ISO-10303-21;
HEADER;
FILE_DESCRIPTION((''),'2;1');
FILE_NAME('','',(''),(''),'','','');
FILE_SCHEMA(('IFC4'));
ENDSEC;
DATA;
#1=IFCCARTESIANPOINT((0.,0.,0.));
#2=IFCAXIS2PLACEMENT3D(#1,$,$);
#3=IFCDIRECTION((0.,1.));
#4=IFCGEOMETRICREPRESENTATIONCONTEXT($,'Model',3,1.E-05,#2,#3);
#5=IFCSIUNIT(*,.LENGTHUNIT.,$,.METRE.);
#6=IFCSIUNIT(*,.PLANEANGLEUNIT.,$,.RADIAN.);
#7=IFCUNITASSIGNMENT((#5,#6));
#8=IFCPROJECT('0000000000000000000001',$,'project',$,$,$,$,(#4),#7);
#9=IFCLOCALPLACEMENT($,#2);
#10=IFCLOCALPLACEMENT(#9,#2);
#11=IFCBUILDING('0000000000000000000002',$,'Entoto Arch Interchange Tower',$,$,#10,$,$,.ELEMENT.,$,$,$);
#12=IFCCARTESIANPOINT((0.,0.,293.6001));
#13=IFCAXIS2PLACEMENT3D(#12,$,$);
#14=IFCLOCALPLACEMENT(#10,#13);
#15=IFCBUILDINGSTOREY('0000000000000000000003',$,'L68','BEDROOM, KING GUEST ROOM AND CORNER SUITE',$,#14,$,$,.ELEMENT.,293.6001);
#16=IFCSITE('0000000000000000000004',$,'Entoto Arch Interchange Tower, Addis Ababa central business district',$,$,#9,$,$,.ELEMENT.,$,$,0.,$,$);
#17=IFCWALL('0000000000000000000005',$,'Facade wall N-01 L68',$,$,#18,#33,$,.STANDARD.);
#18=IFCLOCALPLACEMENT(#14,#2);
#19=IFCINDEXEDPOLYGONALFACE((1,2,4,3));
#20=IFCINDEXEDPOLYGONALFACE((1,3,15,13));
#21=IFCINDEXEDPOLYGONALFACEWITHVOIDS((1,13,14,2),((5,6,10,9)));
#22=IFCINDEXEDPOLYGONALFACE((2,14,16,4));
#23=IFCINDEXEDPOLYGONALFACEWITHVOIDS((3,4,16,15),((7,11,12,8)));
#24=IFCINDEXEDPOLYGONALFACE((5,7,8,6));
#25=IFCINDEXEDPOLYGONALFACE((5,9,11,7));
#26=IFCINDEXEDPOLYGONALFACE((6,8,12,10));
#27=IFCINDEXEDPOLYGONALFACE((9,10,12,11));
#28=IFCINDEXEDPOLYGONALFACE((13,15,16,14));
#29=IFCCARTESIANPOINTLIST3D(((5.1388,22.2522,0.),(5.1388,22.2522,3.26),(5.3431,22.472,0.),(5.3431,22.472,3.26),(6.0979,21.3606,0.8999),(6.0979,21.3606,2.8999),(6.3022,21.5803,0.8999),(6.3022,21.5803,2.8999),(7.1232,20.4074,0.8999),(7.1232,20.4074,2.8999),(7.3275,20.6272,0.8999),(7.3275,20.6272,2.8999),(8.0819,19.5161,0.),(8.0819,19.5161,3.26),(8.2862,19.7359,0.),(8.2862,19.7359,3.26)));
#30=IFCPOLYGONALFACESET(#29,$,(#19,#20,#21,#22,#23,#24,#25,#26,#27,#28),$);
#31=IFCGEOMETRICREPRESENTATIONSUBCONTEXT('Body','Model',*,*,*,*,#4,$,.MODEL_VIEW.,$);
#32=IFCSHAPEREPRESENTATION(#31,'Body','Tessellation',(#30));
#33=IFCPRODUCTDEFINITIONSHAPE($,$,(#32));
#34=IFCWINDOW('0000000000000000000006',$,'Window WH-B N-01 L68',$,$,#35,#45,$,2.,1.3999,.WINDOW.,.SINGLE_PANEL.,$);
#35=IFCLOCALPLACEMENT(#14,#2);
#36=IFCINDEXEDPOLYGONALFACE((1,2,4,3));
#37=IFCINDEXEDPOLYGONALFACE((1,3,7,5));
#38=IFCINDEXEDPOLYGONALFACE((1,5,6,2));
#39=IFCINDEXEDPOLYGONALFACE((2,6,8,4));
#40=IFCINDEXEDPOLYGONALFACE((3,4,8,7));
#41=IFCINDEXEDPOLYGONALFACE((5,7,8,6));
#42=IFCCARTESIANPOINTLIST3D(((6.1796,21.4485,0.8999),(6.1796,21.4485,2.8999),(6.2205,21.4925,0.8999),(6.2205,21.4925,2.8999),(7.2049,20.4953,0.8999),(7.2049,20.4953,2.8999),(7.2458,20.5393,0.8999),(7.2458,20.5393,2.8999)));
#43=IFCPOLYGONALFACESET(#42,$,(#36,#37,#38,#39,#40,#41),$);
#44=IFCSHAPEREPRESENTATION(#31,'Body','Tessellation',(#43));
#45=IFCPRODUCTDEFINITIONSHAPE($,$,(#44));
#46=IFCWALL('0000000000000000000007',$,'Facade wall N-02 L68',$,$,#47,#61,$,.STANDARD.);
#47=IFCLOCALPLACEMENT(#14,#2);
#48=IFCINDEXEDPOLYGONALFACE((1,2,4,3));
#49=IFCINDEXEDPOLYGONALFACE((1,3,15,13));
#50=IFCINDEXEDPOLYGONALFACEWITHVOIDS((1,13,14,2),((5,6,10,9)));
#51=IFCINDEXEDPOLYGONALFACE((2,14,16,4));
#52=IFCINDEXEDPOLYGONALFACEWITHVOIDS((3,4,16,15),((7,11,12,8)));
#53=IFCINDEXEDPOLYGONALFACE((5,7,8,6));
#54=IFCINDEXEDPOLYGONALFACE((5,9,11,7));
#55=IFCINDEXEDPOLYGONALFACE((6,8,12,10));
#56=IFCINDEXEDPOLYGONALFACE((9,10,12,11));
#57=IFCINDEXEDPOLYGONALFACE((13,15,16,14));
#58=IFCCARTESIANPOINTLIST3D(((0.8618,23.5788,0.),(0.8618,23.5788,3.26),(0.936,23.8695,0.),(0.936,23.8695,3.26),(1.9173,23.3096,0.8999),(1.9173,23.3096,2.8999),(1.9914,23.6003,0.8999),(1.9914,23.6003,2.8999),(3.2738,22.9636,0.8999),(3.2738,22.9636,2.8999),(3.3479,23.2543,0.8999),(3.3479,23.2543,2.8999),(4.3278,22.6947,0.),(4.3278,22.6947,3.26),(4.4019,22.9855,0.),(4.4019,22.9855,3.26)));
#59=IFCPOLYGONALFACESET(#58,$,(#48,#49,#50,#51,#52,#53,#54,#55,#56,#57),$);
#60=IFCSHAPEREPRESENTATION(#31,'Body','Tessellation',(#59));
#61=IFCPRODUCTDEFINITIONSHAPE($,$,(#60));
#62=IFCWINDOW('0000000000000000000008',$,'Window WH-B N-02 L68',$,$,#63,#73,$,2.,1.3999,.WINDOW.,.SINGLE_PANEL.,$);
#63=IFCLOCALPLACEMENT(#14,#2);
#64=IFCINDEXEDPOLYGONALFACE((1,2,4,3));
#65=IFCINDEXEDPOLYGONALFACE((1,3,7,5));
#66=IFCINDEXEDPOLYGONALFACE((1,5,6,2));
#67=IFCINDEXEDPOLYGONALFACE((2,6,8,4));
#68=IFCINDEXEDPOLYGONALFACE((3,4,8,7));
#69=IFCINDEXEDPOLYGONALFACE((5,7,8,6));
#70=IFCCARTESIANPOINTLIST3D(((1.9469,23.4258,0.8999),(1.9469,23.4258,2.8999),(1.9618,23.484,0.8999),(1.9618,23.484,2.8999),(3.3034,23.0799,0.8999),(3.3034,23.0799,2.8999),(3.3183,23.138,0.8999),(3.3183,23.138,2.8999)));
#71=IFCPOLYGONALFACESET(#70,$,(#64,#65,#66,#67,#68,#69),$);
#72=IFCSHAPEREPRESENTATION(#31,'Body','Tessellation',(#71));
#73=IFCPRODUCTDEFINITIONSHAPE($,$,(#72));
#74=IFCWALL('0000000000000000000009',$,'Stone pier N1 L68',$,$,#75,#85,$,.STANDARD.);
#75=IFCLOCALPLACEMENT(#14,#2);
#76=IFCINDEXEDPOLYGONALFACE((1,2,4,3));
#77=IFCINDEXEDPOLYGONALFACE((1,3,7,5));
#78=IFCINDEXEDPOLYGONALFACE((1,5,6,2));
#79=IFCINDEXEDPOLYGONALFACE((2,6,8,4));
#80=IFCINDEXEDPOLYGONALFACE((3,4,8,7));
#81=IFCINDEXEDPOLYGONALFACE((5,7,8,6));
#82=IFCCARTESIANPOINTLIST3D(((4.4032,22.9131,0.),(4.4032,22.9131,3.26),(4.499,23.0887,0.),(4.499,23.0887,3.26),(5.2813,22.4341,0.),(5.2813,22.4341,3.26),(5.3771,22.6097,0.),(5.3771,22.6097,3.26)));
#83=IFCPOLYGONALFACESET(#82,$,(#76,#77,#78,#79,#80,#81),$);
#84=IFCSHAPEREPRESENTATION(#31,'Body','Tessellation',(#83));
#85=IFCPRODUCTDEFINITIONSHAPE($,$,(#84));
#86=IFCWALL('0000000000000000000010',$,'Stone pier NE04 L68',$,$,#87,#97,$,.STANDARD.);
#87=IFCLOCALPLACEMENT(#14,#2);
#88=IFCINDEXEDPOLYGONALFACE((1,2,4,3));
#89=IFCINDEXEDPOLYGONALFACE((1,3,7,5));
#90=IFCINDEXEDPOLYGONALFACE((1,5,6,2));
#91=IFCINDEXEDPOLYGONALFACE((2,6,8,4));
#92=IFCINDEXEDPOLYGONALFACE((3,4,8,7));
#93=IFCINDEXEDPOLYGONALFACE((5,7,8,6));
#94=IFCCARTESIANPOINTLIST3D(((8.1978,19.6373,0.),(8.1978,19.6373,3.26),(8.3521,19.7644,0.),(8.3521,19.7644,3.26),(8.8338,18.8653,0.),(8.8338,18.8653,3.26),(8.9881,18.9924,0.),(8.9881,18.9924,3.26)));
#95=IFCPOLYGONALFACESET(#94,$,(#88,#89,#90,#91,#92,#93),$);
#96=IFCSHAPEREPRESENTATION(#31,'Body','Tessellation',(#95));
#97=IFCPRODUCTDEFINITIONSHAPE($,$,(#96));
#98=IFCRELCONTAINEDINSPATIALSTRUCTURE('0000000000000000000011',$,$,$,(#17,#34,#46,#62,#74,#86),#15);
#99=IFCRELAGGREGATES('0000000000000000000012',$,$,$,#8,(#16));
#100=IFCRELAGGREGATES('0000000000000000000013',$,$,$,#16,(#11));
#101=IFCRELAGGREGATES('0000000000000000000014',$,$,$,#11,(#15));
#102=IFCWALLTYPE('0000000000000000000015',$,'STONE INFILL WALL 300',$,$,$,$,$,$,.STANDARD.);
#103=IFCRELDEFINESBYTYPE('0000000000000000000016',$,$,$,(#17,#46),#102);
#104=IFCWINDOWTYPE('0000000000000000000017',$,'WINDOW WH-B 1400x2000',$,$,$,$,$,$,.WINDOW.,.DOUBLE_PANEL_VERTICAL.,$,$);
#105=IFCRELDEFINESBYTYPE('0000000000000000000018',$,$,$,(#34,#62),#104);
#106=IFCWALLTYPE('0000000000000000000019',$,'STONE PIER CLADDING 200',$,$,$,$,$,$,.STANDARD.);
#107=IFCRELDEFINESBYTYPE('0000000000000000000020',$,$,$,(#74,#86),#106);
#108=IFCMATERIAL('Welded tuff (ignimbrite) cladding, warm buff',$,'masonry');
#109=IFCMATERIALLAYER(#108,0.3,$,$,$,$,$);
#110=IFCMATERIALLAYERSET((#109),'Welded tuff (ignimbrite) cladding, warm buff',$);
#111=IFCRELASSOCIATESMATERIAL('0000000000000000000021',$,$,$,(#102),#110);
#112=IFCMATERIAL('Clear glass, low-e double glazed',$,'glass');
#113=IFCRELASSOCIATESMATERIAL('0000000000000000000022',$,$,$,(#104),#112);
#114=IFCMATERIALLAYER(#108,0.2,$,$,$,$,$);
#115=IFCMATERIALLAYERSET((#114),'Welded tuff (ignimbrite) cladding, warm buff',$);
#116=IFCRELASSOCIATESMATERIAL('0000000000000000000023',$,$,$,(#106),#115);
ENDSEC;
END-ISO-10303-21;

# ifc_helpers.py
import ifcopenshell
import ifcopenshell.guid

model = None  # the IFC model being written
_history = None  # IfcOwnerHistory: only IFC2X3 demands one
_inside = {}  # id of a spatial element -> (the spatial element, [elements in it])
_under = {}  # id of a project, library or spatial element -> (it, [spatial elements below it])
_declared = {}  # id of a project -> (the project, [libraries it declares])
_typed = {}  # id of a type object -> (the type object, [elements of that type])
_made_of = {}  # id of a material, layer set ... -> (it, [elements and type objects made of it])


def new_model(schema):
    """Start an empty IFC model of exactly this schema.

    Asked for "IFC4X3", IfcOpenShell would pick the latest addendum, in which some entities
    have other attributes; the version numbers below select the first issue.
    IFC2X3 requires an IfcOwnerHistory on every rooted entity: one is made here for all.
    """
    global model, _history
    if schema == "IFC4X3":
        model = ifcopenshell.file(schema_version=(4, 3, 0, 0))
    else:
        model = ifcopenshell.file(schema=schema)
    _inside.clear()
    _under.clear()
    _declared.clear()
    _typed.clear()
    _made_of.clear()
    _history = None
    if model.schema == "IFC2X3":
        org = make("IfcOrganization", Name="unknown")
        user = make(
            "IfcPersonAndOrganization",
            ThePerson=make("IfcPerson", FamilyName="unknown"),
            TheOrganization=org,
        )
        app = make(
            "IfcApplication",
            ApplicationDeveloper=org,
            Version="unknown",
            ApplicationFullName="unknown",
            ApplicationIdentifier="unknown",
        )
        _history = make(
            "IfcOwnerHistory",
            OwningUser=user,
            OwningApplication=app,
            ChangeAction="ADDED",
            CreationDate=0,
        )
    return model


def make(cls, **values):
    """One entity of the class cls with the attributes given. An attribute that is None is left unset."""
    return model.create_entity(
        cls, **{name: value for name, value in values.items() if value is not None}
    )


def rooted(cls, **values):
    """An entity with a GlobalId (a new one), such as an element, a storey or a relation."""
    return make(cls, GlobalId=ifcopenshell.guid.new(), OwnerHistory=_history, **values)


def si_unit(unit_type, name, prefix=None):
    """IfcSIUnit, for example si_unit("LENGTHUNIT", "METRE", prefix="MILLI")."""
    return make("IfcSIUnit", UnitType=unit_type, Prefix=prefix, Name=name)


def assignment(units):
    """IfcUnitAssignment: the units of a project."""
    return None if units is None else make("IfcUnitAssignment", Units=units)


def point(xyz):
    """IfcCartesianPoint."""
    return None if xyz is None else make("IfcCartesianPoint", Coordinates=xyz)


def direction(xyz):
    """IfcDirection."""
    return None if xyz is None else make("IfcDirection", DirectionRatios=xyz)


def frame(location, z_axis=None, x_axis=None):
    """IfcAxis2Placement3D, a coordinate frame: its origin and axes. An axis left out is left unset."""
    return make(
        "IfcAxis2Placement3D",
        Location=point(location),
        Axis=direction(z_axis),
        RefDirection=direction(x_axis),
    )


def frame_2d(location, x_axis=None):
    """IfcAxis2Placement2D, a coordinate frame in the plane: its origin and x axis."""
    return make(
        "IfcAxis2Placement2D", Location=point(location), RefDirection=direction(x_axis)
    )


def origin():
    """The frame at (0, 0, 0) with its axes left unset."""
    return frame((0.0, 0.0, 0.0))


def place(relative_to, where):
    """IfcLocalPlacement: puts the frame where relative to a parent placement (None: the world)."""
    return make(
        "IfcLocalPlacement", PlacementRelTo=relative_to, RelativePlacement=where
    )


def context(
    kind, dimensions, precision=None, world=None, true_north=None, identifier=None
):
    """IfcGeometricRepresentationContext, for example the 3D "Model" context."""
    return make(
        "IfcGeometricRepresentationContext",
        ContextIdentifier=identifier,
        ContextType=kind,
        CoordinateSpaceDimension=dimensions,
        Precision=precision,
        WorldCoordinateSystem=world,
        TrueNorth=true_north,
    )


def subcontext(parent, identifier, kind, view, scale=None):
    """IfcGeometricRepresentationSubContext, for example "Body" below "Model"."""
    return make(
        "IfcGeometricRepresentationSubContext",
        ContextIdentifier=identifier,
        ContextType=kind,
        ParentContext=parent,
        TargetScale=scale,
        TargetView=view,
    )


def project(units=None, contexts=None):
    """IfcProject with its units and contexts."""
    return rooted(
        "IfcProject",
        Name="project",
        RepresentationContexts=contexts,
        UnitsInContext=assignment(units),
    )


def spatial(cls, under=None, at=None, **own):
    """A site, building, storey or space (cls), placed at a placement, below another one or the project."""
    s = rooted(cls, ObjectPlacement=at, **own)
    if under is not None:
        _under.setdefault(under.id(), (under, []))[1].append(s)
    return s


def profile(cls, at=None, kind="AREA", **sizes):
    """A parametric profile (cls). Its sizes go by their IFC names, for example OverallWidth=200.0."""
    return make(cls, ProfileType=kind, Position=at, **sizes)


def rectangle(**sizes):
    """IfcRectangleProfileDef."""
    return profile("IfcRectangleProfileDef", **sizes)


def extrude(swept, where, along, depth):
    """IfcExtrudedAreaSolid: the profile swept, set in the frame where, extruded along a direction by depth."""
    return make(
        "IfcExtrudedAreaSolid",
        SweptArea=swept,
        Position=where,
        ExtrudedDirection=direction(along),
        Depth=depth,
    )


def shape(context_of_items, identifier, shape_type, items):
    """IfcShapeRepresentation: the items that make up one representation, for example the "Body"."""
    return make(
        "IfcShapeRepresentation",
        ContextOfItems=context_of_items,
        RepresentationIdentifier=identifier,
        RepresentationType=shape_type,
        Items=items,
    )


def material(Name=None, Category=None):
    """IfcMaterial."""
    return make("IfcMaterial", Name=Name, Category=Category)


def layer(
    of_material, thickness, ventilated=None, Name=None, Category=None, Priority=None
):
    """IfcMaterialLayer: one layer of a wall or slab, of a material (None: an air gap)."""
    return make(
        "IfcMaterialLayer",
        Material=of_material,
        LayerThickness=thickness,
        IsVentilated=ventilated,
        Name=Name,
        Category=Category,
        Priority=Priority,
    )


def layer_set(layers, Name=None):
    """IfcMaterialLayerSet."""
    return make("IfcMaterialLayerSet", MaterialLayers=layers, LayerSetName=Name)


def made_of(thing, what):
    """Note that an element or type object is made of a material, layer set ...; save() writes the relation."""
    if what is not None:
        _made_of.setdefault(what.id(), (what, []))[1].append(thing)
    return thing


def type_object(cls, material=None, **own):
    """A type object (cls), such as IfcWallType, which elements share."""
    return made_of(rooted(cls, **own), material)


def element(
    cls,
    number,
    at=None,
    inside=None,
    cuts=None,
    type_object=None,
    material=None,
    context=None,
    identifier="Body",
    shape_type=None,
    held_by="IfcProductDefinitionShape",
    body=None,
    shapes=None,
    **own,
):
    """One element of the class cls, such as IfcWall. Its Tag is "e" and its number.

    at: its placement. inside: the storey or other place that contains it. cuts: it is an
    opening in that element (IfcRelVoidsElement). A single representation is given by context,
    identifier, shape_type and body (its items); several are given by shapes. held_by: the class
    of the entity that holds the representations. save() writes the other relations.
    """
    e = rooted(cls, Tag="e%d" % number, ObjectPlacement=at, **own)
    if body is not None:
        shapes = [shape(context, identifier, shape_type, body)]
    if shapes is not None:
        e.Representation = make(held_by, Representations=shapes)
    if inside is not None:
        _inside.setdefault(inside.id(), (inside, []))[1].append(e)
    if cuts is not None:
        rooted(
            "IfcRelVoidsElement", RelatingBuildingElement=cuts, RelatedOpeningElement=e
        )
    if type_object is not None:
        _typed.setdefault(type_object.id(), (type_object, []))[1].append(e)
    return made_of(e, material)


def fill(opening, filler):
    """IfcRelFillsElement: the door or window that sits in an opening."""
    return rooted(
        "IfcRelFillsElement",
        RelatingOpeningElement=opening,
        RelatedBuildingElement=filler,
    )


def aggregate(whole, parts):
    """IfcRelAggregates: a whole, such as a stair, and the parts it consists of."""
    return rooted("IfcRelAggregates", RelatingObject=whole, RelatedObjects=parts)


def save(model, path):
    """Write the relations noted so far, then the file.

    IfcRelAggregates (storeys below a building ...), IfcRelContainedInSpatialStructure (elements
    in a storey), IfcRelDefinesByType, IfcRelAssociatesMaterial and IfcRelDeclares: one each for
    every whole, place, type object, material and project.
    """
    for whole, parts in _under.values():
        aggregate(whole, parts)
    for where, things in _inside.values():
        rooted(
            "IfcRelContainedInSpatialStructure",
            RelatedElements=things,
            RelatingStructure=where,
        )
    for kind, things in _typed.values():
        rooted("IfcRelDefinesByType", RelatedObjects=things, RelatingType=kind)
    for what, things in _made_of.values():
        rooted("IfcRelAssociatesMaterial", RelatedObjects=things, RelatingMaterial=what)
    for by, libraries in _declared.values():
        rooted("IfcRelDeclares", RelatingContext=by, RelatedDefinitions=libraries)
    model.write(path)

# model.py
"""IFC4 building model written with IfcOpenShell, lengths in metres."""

from ifc_helpers import new_model, si_unit, direction, frame, frame_2d, origin, place, context, subcontext, project, spatial, rectangle, extrude, material, layer, layer_set, type_object, element, fill, save


model = new_model("IFC4")

# Units and contexts
model_context = context("Model", 3, precision=1e-05, world=origin(), true_north=direction((0.0, 1.0)))
body_context = subcontext(model_context, "Body", "Model", "MODEL_VIEW")
ifc_project = project(units=[si_unit("LENGTHUNIT", "METRE"), si_unit("PLANEANGLEUNIT", "RADIAN")], contexts=[model_context])

# Site, building, storey
site_placement = place(None, origin())
site = spatial("IfcSite", under=ifc_project, at=site_placement, Name="Entoto Arch Interchange Tower, Addis Ababa central business district", CompositionType="ELEMENT", RefElevation=0.0)
building_placement = place(site_placement, origin())
building = spatial("IfcBuilding", under=site, at=building_placement, Name="Entoto Arch Interchange Tower", CompositionType="ELEMENT")
storey_placement = place(building_placement, frame((0.0, 0.0, 293.6001)))
storey = spatial("IfcBuildingStorey", under=building, at=storey_placement, Name="L68", Description="BEDROOM, KING GUEST ROOM AND CORNER SUITE", CompositionType="ELEMENT", Elevation=293.6001)

# Shared definitions
ifc_material_1 = material(Name="Welded tuff (ignimbrite) cladding, warm buff", Category="masonry")
ifc_layer_1 = layer(ifc_material_1, 0.3)
ifc_layer_set_1 = layer_set([ifc_layer_1], Name="Welded tuff (ignimbrite) cladding, warm buff")
wall_type_1 = type_object("IfcWallType", Name="STONE INFILL WALL 300", PredefinedType="STANDARD", material=ifc_layer_set_1)
ifc_material_2 = material(Name="Clear glass, low-e double glazed", Category="glass")

# Walls, openings, windows
wall_1_placement = place(storey_placement, frame((8.1841, 19.626, 0.0), z_axis=(0.0, 0.0, 1.0), x_axis=(-0.732397, 0.680877, 0.0)))
wall_1 = element("IfcWall", 1, at=wall_1_placement, inside=storey, type_object=wall_type_1, Name="Facade wall N-01 L68", PredefinedType="STANDARD", context=body_context, shape_type="SweptSolid", body=[
    extrude(rectangle(XDim=4.0186, YDim=0.3, at=frame_2d((2.0093, 0.0))), origin(), (0.0, 0.0, 1.0), 3.26),
])
opening_1_placement = place(wall_1_placement, frame((1.3091, 0.0, 0.8999)))
opening_1 = element("IfcOpeningElement", 2, at=opening_1_placement, cuts=wall_1, PredefinedType="OPENING", context=body_context, shape_type="SweptSolid", body=[
    extrude(rectangle(XDim=1.3999, YDim=2.0, at=frame_2d((0.7, 1.0))), frame((0.0, 0.1602, 0.0), z_axis=(0.0, -1.0, 0.0), x_axis=(1.0, 0.0, 0.0)), (0.0, 0.0, 1.0), 0.3201),
])
window_type_1 = type_object("IfcWindowType", Name="WINDOW WH-B 1400x2000", PartitioningType="DOUBLE_PANEL_VERTICAL", PredefinedType="WINDOW", material=ifc_material_2)
window_1_placement = place(opening_1_placement, origin())
window_1 = element("IfcWindow", 3, at=window_1_placement, inside=storey, type_object=window_type_1, Name="Window WH-B N-01 L68", OverallHeight=2.0, OverallWidth=1.3999, PartitioningType="SINGLE_PANEL", PredefinedType="WINDOW", context=body_context, shape_type="SweptSolid", body=[
    extrude(rectangle(XDim=1.3999, YDim=2.0, at=frame_2d((0.7, 1.0))), frame((0.0, 0.03, 0.0), z_axis=(0.0, -1.0, 0.0), x_axis=(1.0, 0.0, 0.0)), (0.0, 0.0, 1.0), 0.0601),
])
fill(opening_1, window_1)
wall_2_placement = place(storey_placement, frame((4.365, 22.8401, 0.0), z_axis=(0.0, 0.0, 1.0), x_axis=(-0.968979, 0.247142, 0.0)))
wall_2 = element("IfcWall", 4, at=wall_2_placement, inside=storey, type_object=wall_type_1, Name="Facade wall N-02 L68", PredefinedType="STANDARD", context=body_context, shape_type="SweptSolid", body=[
    extrude(rectangle(XDim=3.5769, YDim=0.3, at=frame_2d((1.7886, 0.0))), origin(), (0.0, 0.0, 1.0), 3.26),
])
opening_2_placement = place(wall_2_placement, frame((1.0879, 0.0, 0.8999)))
opening_2 = element("IfcOpeningElement", 5, at=opening_2_placement, cuts=wall_2, PredefinedType="OPENING", context=body_context, shape_type="SweptSolid", body=[
    extrude(rectangle(XDim=1.3999, YDim=2.0, at=frame_2d((0.7, 1.0))), frame((0.0, 0.1602, 0.0), z_axis=(0.0, -1.0, 0.0), x_axis=(1.0, 0.0, 0.0)), (0.0, 0.0, 1.0), 0.3201),
])
window_2_placement = place(opening_2_placement, origin())
window_2 = element("IfcWindow", 6, at=window_2_placement, inside=storey, type_object=window_type_1, Name="Window WH-B N-02 L68", OverallHeight=2.0, OverallWidth=1.3999, PartitioningType="SINGLE_PANEL", PredefinedType="WINDOW", context=body_context, shape_type="SweptSolid", body=[
    extrude(rectangle(XDim=1.3999, YDim=2.0, at=frame_2d((0.7, 1.0))), frame((0.0, 0.03, 0.0), z_axis=(0.0, -1.0, 0.0), x_axis=(1.0, 0.0, 0.0)), (0.0, 0.0, 1.0), 0.0601),
])
fill(opening_2, window_2)

# Walls
ifc_layer_2 = layer(ifc_material_1, 0.2)
ifc_layer_set_2 = layer_set([ifc_layer_2], Name="Welded tuff (ignimbrite) cladding, warm buff")
wall_type_2 = type_object("IfcWallType", Name="STONE PIER CLADDING 200", PredefinedType="STANDARD", material=ifc_layer_set_2)
for number, where, z_axis, x_axis, name in (
    (7, (5.3291, 22.522, 0.0), (0.0, 0.0, 1.0), (-0.877896, 0.478852, 0.0), "Stone pier N1 L68"),
    (8, (8.9109, 18.929, 0.0), (0.0, 0.0, 1.0), (-0.635853, 0.77181, 0.0), "Stone pier NE04 L68"),
):
    element("IfcWall", number, at=place(storey_placement, frame(where, z_axis=z_axis, x_axis=x_axis)), inside=storey, type_object=wall_type_2, Name=name, PredefinedType="STANDARD", context=body_context, shape_type="SweptSolid", body=[
        extrude(rectangle(XDim=1.0002, YDim=0.2, at=frame_2d((0.5, 0.0))), origin(), (0.0, 0.0, 1.0), 3.26),
    ])

save(model, "model.ifc")
